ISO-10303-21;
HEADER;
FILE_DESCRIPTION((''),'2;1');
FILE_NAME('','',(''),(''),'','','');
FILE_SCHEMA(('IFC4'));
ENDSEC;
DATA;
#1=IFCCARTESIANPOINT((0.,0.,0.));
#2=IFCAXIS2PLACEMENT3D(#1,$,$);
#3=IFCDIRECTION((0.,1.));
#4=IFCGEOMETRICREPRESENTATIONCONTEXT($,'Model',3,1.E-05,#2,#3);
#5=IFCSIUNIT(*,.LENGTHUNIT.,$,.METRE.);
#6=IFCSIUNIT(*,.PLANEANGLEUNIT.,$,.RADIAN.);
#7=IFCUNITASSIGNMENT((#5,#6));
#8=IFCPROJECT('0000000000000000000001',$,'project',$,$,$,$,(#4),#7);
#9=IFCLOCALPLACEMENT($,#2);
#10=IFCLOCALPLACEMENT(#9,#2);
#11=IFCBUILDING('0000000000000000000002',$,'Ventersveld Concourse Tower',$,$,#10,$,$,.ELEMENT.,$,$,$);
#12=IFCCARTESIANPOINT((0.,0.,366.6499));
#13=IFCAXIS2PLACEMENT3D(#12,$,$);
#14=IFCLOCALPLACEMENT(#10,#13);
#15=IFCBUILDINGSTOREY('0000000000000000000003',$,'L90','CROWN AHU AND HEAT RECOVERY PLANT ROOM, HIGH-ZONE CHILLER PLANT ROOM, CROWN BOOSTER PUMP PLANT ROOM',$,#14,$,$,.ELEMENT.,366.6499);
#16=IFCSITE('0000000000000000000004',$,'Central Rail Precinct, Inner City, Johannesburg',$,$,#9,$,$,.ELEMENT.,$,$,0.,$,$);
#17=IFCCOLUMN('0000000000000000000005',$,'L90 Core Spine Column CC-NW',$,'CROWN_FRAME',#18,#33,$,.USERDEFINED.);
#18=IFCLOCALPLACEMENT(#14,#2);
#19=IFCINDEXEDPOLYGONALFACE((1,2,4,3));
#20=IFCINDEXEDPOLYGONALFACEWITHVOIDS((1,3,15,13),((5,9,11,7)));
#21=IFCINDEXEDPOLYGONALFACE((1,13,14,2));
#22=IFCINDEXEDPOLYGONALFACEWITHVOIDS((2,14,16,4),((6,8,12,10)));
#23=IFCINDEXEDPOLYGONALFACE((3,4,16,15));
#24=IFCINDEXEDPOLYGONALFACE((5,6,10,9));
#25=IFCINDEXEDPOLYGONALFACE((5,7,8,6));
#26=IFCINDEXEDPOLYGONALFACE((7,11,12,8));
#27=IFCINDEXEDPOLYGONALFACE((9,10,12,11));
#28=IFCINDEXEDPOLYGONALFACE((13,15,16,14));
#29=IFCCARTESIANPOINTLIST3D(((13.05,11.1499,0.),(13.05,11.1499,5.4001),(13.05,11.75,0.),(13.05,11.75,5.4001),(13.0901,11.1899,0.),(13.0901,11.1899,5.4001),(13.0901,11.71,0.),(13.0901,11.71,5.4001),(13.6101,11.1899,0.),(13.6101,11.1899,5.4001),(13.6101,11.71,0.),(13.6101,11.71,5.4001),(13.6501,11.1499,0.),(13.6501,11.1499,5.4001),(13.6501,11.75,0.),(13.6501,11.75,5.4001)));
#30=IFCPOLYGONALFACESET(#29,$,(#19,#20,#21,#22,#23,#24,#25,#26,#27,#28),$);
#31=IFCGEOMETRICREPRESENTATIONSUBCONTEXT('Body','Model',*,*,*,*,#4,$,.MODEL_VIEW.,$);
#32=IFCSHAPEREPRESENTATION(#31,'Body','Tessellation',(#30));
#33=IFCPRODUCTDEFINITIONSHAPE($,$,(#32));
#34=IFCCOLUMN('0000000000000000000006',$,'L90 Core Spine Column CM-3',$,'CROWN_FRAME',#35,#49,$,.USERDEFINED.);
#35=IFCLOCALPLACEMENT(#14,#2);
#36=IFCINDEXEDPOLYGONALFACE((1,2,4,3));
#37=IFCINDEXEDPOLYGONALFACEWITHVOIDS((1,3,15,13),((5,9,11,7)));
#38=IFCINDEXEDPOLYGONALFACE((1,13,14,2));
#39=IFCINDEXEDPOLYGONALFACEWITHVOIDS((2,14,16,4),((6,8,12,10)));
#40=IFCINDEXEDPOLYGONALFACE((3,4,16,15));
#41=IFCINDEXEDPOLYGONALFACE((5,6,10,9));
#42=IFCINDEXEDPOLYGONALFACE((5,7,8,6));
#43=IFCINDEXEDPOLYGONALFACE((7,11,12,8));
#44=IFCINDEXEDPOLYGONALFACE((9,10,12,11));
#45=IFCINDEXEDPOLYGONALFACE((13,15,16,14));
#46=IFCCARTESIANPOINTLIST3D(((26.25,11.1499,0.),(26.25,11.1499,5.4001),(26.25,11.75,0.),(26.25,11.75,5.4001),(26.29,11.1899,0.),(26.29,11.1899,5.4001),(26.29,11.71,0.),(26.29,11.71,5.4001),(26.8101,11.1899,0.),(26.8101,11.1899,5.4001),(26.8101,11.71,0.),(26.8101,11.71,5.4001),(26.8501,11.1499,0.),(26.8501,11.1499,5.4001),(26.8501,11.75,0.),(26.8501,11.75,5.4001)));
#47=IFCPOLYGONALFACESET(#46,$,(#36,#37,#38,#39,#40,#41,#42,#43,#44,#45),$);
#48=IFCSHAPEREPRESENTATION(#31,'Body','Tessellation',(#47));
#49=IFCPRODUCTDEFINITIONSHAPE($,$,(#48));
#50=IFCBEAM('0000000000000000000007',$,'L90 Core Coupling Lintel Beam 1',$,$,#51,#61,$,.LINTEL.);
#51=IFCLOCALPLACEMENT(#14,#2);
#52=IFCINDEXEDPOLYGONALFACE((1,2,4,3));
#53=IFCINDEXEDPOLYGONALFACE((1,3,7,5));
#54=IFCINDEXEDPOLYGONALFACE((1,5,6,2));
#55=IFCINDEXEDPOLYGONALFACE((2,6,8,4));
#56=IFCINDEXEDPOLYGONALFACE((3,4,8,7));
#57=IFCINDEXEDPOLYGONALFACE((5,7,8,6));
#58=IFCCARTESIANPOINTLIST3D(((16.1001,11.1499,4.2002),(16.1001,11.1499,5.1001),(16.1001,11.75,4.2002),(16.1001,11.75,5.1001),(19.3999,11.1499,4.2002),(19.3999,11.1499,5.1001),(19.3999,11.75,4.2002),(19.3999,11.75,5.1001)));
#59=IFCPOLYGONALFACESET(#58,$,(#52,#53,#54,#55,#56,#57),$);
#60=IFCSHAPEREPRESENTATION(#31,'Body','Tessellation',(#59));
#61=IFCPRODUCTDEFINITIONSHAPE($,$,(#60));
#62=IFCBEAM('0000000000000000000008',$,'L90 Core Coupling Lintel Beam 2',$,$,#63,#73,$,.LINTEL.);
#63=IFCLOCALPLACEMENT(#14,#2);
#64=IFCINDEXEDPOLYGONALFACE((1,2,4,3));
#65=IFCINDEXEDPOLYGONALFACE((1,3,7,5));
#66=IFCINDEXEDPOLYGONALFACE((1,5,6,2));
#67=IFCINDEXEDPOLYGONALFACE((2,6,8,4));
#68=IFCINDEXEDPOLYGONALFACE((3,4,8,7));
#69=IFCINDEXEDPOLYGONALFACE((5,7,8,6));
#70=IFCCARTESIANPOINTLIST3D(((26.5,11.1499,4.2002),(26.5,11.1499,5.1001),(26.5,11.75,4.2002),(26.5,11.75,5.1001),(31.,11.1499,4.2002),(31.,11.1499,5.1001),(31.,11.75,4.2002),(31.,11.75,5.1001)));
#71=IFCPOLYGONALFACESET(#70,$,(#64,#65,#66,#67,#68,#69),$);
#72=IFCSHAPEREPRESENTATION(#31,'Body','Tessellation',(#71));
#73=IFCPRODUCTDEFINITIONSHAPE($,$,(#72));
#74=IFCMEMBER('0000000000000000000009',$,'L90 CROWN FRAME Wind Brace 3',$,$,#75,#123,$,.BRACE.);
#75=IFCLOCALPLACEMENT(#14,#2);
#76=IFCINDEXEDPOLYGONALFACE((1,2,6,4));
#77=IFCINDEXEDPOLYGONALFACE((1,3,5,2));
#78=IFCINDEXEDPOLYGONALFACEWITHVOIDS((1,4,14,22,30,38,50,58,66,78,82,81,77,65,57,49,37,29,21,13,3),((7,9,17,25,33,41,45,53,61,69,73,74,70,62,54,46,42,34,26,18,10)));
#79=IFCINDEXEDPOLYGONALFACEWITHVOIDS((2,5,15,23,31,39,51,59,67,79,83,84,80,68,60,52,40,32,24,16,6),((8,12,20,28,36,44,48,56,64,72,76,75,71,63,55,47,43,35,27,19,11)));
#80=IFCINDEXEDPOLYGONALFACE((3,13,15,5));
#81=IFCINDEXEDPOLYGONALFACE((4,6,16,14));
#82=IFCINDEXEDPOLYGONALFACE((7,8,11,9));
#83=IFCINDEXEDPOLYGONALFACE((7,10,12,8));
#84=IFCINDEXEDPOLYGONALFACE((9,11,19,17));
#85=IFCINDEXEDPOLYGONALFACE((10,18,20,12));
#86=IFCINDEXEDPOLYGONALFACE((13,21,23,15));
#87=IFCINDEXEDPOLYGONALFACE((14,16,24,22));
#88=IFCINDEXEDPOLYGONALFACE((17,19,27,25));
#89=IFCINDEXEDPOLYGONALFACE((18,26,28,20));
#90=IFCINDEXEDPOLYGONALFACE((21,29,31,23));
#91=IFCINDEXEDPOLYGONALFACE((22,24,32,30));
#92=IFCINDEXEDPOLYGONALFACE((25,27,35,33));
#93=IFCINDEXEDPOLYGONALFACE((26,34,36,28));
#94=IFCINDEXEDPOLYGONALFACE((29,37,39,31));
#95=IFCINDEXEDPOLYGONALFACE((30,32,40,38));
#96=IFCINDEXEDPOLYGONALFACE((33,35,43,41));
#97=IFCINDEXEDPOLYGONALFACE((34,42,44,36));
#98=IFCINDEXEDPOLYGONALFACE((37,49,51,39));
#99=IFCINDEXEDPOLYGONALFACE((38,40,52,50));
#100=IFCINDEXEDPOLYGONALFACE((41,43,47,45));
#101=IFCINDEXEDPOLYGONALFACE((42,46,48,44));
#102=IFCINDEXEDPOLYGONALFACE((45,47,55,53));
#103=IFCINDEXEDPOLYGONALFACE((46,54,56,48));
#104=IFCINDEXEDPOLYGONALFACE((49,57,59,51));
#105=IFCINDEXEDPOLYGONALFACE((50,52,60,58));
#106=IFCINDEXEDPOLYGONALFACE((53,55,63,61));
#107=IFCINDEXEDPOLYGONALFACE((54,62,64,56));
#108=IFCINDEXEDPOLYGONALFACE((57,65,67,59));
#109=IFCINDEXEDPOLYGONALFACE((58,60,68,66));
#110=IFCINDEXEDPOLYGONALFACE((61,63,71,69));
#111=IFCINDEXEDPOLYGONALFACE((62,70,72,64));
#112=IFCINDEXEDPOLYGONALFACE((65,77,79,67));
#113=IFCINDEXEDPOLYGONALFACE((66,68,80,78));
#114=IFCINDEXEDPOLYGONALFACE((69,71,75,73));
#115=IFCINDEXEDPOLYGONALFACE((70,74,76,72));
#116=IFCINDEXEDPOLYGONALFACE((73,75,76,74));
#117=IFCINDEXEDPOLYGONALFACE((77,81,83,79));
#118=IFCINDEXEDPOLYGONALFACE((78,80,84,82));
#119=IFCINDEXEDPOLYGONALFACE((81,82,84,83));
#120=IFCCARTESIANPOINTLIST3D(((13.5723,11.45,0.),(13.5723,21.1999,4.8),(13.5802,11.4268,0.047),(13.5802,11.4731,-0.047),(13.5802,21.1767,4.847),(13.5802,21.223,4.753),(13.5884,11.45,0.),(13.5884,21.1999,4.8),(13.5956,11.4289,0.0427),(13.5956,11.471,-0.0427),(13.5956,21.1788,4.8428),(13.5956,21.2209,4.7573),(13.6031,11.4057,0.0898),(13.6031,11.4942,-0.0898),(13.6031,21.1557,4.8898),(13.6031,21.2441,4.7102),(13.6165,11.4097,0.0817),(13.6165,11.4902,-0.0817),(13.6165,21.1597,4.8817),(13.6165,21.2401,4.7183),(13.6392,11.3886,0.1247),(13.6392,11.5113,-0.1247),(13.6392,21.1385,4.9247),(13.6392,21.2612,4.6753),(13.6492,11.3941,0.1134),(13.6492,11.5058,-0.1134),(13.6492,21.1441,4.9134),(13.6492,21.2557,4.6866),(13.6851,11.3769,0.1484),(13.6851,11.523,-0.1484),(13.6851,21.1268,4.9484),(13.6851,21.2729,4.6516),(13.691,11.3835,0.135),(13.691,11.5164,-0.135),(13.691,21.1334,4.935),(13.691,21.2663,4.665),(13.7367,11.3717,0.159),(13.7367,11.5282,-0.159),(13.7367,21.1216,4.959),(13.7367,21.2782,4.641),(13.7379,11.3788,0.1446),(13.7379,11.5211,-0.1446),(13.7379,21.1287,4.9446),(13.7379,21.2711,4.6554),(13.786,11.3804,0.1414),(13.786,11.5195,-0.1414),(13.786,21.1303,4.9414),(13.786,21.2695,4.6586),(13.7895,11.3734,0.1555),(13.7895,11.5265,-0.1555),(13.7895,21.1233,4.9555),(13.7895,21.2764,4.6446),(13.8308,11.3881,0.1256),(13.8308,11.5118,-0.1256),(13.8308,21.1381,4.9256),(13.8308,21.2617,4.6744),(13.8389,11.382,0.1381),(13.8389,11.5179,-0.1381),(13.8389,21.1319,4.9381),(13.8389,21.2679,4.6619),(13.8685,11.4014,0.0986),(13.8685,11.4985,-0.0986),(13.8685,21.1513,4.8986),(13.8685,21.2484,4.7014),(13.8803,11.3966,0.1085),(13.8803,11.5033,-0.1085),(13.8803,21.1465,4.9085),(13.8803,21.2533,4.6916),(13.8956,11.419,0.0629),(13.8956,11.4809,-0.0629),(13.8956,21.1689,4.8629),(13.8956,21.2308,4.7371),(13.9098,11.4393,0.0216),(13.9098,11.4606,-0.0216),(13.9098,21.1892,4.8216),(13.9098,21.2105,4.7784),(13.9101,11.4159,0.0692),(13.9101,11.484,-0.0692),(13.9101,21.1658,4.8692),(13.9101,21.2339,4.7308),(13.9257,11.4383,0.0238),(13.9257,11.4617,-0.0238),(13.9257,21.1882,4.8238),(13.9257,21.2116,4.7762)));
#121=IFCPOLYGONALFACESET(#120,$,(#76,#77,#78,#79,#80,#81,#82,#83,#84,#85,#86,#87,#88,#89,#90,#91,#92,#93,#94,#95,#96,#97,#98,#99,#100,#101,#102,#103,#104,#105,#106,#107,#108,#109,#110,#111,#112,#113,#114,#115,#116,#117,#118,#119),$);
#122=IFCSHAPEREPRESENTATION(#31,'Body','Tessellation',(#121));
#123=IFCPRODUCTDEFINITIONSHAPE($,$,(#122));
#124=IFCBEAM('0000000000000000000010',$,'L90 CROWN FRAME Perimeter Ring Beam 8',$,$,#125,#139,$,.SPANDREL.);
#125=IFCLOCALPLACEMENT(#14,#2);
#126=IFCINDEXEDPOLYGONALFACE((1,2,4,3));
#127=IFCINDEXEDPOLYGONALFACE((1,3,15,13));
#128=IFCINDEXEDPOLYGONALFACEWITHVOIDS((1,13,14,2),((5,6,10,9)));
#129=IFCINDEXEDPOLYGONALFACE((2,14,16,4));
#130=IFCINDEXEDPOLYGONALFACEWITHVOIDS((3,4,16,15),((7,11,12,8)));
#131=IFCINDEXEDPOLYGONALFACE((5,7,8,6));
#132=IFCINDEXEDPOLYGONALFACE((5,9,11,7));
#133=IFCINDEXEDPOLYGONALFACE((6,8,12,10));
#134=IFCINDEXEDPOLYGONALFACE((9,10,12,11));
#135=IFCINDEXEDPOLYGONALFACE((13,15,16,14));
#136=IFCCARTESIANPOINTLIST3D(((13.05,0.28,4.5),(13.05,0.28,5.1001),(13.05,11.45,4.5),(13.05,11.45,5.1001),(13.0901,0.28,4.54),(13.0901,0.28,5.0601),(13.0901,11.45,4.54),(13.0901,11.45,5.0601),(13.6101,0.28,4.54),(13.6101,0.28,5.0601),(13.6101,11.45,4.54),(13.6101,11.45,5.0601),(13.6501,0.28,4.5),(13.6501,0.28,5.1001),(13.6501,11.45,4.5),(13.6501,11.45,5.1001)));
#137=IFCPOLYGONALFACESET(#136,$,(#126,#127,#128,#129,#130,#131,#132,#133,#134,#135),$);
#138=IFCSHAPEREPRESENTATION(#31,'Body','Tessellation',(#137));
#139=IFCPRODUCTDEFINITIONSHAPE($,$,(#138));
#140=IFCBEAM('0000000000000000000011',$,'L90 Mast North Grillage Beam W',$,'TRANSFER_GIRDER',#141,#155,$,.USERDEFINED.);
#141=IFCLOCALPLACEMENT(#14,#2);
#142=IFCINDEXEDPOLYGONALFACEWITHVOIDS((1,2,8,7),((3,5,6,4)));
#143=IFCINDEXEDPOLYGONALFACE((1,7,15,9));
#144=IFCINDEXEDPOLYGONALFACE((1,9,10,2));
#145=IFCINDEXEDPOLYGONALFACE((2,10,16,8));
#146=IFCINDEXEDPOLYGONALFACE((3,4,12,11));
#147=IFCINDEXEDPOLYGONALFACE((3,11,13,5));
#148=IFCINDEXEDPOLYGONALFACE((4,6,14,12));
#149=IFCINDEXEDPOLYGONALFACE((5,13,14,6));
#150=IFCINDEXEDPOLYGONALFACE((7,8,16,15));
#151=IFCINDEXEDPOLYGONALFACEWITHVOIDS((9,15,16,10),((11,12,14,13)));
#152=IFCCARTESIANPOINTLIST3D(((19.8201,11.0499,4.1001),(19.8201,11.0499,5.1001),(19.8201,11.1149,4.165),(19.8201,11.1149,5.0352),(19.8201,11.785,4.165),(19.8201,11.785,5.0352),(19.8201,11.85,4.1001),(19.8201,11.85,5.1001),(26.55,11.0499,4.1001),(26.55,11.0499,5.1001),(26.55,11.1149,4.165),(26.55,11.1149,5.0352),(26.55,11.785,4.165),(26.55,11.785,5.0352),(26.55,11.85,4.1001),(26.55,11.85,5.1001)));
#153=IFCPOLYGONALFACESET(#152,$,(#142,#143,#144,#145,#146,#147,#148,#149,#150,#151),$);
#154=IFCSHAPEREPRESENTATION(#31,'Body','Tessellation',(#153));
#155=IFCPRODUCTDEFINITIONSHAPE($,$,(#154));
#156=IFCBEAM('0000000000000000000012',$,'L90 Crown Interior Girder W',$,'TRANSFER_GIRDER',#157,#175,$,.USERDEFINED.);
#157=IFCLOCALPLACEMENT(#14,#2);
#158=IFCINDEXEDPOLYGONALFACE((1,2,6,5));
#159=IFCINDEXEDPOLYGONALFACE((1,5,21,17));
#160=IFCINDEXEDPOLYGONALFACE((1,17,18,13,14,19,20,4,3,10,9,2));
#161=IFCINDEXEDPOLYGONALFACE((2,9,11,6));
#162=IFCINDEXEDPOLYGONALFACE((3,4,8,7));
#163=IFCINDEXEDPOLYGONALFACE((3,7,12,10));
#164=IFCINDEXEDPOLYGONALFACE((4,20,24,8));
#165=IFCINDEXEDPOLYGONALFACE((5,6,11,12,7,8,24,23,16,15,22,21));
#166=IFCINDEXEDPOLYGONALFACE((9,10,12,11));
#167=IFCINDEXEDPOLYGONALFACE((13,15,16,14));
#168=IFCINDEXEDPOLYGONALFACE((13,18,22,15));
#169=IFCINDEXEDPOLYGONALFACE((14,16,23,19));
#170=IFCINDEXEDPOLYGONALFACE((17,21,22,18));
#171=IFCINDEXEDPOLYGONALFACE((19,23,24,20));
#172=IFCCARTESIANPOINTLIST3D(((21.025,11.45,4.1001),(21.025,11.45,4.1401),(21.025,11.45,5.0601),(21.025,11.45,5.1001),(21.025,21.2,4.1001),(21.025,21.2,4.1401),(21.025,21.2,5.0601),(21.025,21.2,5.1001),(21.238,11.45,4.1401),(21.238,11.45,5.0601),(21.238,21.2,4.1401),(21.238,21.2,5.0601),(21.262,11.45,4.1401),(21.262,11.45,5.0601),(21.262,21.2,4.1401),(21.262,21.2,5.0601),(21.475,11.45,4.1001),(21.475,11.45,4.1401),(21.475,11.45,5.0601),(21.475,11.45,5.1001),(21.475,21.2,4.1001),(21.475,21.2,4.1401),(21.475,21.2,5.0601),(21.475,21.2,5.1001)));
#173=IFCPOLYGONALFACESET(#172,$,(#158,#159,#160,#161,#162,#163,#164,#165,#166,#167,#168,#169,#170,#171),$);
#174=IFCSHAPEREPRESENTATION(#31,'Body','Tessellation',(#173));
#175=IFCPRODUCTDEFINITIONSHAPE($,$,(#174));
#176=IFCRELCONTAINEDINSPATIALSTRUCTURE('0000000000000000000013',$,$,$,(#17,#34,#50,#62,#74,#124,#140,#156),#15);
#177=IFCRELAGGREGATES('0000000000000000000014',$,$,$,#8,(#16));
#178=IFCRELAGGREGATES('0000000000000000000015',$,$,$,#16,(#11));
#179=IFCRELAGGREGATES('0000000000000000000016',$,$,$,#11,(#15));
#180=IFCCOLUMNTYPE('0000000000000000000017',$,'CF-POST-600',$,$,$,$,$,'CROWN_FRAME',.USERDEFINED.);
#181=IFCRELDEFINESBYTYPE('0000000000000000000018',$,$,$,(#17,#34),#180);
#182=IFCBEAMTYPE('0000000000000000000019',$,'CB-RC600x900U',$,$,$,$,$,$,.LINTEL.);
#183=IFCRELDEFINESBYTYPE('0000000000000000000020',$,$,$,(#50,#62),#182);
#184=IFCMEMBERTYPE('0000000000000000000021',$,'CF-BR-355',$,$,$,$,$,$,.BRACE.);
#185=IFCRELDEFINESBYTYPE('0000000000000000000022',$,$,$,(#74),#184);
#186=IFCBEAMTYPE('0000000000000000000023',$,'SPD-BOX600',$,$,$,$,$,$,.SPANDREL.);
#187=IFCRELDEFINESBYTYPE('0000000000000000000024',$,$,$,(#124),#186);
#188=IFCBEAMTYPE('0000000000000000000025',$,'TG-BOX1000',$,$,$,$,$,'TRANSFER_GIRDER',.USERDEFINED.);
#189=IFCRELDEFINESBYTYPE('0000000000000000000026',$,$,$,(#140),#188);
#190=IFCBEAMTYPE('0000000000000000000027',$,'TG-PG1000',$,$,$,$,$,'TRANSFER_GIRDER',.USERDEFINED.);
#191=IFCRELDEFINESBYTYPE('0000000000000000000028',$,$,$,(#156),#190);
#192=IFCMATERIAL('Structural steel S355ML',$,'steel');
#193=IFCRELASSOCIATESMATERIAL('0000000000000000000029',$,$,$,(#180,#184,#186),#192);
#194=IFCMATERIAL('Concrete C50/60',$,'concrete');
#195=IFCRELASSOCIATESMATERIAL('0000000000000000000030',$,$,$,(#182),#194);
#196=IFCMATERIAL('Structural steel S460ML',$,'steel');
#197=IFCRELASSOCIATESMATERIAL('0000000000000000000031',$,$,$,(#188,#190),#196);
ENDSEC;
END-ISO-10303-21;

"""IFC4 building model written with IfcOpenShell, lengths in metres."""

from ifc_helpers import new_model, si_unit, direction, frame, origin, origin_2d, place, context, subcontext, project, spatial, rectangle, hollow_rectangle, hollow_circle, i_section, extrude, material, material_profile, profile_set, type_object, element, save


model = new_model("IFC4")

# Units and contexts
model_context = context("Model", 3, precision=1e-05, world=origin(), true_north=direction((0.0, 1.0)))
body_context = subcontext(model_context, "Body", "Model", "MODEL_VIEW")
ifc_project = project(units=[si_unit("LENGTHUNIT", "METRE"), si_unit("PLANEANGLEUNIT", "RADIAN")], contexts=[model_context])

# Site, building, storey
site_placement = place(None, origin())
site = spatial("IfcSite", under=ifc_project, at=site_placement, Name="Central Rail Precinct, Inner City, Johannesburg", CompositionType="ELEMENT", RefElevation=0.0)
building_placement = place(site_placement, origin())
building = spatial("IfcBuilding", under=site, at=building_placement, Name="Ventersveld Concourse Tower", CompositionType="ELEMENT")
storey_placement = place(building_placement, frame((0.0, 0.0, 366.6499)))
storey = spatial("IfcBuildingStorey", under=building, at=storey_placement, Name="L90", Description="CROWN AHU AND HEAT RECOVERY PLANT ROOM, HIGH-ZONE CHILLER PLANT ROOM, CROWN BOOSTER PUMP PLANT ROOM", CompositionType="ELEMENT", Elevation=366.6499)

# Columns
ifc_material_1 = material(Name="Structural steel S355ML", Category="steel")
ifc_material_profile_1 = material_profile(ifc_material_1, hollow_rectangle(XDim=0.6001, YDim=0.6001, WallThickness=0.04, at=origin_2d()), Name="BOX 600x600x40")
ifc_profile_set_1 = profile_set([ifc_material_profile_1], Name="Structural steel S355ML")
column_type = type_object("IfcColumnType", Name="CF-POST-600", ElementType="CROWN_FRAME", PredefinedType="USERDEFINED", material=ifc_profile_set_1)
for number, where, z_axis, x_axis, name in (
    (1, (13.3501, 11.45, 0.0), (0.0, 0.0, 1.0), (1.0, 0.0, 0.0), "L90 Core Spine Column CC-NW"),
    (2, (26.55, 11.45, 0.0), (0.0, 0.0, 1.0), (1.0, 0.0, 0.0), "L90 Core Spine Column CM-3"),
):
    element("IfcColumn", number, at=place(storey_placement, frame(where, z_axis=z_axis, x_axis=x_axis)), inside=storey, type_object=column_type, Name=name, ObjectType="CROWN_FRAME", PredefinedType="USERDEFINED", context=body_context, shape_type="SweptSolid", body=[
        extrude(hollow_rectangle(XDim=0.6001, YDim=0.6001, WallThickness=0.04, at=origin_2d()), origin(), (0.0, 0.0, 1.0), 5.4001),
    ])

# Beams
ifc_material_2 = material(Name="Concrete C50/60", Category="concrete")
ifc_material_profile_2 = material_profile(ifc_material_2, rectangle(XDim=0.6001, YDim=0.8999, at=origin_2d()), Name="RC 600x900")
ifc_profile_set_2 = profile_set([ifc_material_profile_2], Name="Concrete C50/60")
beam_type_1 = type_object("IfcBeamType", Name="CB-RC600x900U", PredefinedType="LINTEL", material=ifc_profile_set_2)
beam_1_placement = place(storey_placement, frame((16.1001, 11.45, 4.6501), z_axis=(1.0, 0.0, 0.0), x_axis=(0.0, 1.0, 0.0)))
element("IfcBeam", 3, at=beam_1_placement, inside=storey, type_object=beam_type_1, Name="L90 Core Coupling Lintel Beam 1", PredefinedType="LINTEL", context=body_context, shape_type="SweptSolid", body=[
    extrude(rectangle(XDim=0.6001, YDim=0.8999, at=origin_2d()), origin(), (0.0, 0.0, 1.0), 3.2998),
])
beam_2_placement = place(storey_placement, frame((26.5, 11.45, 4.6501), z_axis=(1.0, 0.0, 0.0), x_axis=(0.0, 1.0, 0.0)))
element("IfcBeam", 4, at=beam_2_placement, inside=storey, type_object=beam_type_1, Name="L90 Core Coupling Lintel Beam 2", PredefinedType="LINTEL", context=body_context, shape_type="SweptSolid", body=[
    extrude(rectangle(XDim=0.6001, YDim=0.8999, at=origin_2d()), origin(), (0.0, 0.0, 1.0), 4.5),
])

# Member
ifc_material_profile_3 = material_profile(ifc_material_1, hollow_circle(Radius=0.1777, WallThickness=0.0161, at=origin_2d()), Name="CHS 355.6x16")
ifc_profile_set_3 = profile_set([ifc_material_profile_3], Name="Structural steel S355ML")
member_type = type_object("IfcMemberType", Name="CF-BR-355", PredefinedType="BRACE", material=ifc_profile_set_3)
member_placement = place(storey_placement, frame((13.75, 11.45, 0.0), z_axis=(0.0, 0.897169, 0.441688), x_axis=(-1.0, 0.0, 0.0)))
element("IfcMember", 5, at=member_placement, inside=storey, type_object=member_type, Name="L90 CROWN FRAME Wind Brace 3", PredefinedType="BRACE", context=body_context, shape_type="SweptSolid", body=[
    extrude(hollow_circle(Radius=0.1777, WallThickness=0.0161, at=origin_2d()), origin(), (0.0, 0.0, 1.0), 10.8674),
])

# Beams
ifc_material_profile_4 = material_profile(ifc_material_1, hollow_rectangle(XDim=0.6001, YDim=0.6001, WallThickness=0.04, at=origin_2d()), Name="BOX 600x600x40")
ifc_profile_set_4 = profile_set([ifc_material_profile_4], Name="Structural steel S355ML")
beam_type_2 = type_object("IfcBeamType", Name="SPD-BOX600", PredefinedType="SPANDREL", material=ifc_profile_set_4)
beam_3_placement = place(storey_placement, frame((13.3501, 11.45, 4.8), z_axis=(0.0, -1.0, 0.0), x_axis=(1.0, 0.0, 0.0)))
element("IfcBeam", 6, at=beam_3_placement, inside=storey, type_object=beam_type_2, Name="L90 CROWN FRAME Perimeter Ring Beam 8", PredefinedType="SPANDREL", context=body_context, shape_type="SweptSolid", body=[
    extrude(hollow_rectangle(XDim=0.6001, YDim=0.6001, WallThickness=0.04, at=origin_2d()), origin(), (0.0, 0.0, 1.0), 11.1699),
])
ifc_material_3 = material(Name="Structural steel S460ML", Category="steel")
ifc_material_profile_5 = material_profile(ifc_material_3, hollow_rectangle(XDim=0.8, YDim=1.0, WallThickness=0.0649, at=origin_2d()), Name="BOX 1000x800x65")
ifc_profile_set_5 = profile_set([ifc_material_profile_5], Name="Structural steel S460ML")
beam_type_3 = type_object("IfcBeamType", Name="TG-BOX1000", ElementType="TRANSFER_GIRDER", PredefinedType="USERDEFINED", material=ifc_profile_set_5)
beam_4_placement = place(storey_placement, frame((19.8201, 11.45, 4.6001), z_axis=(1.0, 0.0, 0.0), x_axis=(0.0, 1.0, 0.0)))
element("IfcBeam", 7, at=beam_4_placement, inside=storey, type_object=beam_type_3, Name="L90 Mast North Grillage Beam W", ObjectType="TRANSFER_GIRDER", PredefinedType="USERDEFINED", context=body_context, shape_type="SweptSolid", body=[
    extrude(hollow_rectangle(XDim=0.8, YDim=1.0, WallThickness=0.0649, at=origin_2d()), origin(), (0.0, 0.0, 1.0), 6.73),
])
ifc_material_profile_6 = material_profile(ifc_material_3, i_section(OverallWidth=0.45, OverallDepth=1.0, WebThickness=0.0239, FlangeThickness=0.04, at=origin_2d()), Name="PG 1000x450x40")
ifc_profile_set_6 = profile_set([ifc_material_profile_6], Name="Structural steel S460ML")
beam_type_4 = type_object("IfcBeamType", Name="TG-PG1000", ElementType="TRANSFER_GIRDER", PredefinedType="USERDEFINED", material=ifc_profile_set_6)
beam_5_placement = place(storey_placement, frame((21.25, 11.45, 4.6001), z_axis=(0.0, 1.0, 0.0), x_axis=(-1.0, 0.0, 0.0)))
element("IfcBeam", 8, at=beam_5_placement, inside=storey, type_object=beam_type_4, Name="L90 Crown Interior Girder W", ObjectType="TRANSFER_GIRDER", PredefinedType="USERDEFINED", context=body_context, shape_type="SweptSolid", body=[
    extrude(i_section(OverallWidth=0.45, OverallDepth=1.0, WebThickness=0.0239, FlangeThickness=0.04, at=origin_2d()), origin(), (0.0, 0.0, 1.0), 9.75),
])

save(model, "model.ifc")
